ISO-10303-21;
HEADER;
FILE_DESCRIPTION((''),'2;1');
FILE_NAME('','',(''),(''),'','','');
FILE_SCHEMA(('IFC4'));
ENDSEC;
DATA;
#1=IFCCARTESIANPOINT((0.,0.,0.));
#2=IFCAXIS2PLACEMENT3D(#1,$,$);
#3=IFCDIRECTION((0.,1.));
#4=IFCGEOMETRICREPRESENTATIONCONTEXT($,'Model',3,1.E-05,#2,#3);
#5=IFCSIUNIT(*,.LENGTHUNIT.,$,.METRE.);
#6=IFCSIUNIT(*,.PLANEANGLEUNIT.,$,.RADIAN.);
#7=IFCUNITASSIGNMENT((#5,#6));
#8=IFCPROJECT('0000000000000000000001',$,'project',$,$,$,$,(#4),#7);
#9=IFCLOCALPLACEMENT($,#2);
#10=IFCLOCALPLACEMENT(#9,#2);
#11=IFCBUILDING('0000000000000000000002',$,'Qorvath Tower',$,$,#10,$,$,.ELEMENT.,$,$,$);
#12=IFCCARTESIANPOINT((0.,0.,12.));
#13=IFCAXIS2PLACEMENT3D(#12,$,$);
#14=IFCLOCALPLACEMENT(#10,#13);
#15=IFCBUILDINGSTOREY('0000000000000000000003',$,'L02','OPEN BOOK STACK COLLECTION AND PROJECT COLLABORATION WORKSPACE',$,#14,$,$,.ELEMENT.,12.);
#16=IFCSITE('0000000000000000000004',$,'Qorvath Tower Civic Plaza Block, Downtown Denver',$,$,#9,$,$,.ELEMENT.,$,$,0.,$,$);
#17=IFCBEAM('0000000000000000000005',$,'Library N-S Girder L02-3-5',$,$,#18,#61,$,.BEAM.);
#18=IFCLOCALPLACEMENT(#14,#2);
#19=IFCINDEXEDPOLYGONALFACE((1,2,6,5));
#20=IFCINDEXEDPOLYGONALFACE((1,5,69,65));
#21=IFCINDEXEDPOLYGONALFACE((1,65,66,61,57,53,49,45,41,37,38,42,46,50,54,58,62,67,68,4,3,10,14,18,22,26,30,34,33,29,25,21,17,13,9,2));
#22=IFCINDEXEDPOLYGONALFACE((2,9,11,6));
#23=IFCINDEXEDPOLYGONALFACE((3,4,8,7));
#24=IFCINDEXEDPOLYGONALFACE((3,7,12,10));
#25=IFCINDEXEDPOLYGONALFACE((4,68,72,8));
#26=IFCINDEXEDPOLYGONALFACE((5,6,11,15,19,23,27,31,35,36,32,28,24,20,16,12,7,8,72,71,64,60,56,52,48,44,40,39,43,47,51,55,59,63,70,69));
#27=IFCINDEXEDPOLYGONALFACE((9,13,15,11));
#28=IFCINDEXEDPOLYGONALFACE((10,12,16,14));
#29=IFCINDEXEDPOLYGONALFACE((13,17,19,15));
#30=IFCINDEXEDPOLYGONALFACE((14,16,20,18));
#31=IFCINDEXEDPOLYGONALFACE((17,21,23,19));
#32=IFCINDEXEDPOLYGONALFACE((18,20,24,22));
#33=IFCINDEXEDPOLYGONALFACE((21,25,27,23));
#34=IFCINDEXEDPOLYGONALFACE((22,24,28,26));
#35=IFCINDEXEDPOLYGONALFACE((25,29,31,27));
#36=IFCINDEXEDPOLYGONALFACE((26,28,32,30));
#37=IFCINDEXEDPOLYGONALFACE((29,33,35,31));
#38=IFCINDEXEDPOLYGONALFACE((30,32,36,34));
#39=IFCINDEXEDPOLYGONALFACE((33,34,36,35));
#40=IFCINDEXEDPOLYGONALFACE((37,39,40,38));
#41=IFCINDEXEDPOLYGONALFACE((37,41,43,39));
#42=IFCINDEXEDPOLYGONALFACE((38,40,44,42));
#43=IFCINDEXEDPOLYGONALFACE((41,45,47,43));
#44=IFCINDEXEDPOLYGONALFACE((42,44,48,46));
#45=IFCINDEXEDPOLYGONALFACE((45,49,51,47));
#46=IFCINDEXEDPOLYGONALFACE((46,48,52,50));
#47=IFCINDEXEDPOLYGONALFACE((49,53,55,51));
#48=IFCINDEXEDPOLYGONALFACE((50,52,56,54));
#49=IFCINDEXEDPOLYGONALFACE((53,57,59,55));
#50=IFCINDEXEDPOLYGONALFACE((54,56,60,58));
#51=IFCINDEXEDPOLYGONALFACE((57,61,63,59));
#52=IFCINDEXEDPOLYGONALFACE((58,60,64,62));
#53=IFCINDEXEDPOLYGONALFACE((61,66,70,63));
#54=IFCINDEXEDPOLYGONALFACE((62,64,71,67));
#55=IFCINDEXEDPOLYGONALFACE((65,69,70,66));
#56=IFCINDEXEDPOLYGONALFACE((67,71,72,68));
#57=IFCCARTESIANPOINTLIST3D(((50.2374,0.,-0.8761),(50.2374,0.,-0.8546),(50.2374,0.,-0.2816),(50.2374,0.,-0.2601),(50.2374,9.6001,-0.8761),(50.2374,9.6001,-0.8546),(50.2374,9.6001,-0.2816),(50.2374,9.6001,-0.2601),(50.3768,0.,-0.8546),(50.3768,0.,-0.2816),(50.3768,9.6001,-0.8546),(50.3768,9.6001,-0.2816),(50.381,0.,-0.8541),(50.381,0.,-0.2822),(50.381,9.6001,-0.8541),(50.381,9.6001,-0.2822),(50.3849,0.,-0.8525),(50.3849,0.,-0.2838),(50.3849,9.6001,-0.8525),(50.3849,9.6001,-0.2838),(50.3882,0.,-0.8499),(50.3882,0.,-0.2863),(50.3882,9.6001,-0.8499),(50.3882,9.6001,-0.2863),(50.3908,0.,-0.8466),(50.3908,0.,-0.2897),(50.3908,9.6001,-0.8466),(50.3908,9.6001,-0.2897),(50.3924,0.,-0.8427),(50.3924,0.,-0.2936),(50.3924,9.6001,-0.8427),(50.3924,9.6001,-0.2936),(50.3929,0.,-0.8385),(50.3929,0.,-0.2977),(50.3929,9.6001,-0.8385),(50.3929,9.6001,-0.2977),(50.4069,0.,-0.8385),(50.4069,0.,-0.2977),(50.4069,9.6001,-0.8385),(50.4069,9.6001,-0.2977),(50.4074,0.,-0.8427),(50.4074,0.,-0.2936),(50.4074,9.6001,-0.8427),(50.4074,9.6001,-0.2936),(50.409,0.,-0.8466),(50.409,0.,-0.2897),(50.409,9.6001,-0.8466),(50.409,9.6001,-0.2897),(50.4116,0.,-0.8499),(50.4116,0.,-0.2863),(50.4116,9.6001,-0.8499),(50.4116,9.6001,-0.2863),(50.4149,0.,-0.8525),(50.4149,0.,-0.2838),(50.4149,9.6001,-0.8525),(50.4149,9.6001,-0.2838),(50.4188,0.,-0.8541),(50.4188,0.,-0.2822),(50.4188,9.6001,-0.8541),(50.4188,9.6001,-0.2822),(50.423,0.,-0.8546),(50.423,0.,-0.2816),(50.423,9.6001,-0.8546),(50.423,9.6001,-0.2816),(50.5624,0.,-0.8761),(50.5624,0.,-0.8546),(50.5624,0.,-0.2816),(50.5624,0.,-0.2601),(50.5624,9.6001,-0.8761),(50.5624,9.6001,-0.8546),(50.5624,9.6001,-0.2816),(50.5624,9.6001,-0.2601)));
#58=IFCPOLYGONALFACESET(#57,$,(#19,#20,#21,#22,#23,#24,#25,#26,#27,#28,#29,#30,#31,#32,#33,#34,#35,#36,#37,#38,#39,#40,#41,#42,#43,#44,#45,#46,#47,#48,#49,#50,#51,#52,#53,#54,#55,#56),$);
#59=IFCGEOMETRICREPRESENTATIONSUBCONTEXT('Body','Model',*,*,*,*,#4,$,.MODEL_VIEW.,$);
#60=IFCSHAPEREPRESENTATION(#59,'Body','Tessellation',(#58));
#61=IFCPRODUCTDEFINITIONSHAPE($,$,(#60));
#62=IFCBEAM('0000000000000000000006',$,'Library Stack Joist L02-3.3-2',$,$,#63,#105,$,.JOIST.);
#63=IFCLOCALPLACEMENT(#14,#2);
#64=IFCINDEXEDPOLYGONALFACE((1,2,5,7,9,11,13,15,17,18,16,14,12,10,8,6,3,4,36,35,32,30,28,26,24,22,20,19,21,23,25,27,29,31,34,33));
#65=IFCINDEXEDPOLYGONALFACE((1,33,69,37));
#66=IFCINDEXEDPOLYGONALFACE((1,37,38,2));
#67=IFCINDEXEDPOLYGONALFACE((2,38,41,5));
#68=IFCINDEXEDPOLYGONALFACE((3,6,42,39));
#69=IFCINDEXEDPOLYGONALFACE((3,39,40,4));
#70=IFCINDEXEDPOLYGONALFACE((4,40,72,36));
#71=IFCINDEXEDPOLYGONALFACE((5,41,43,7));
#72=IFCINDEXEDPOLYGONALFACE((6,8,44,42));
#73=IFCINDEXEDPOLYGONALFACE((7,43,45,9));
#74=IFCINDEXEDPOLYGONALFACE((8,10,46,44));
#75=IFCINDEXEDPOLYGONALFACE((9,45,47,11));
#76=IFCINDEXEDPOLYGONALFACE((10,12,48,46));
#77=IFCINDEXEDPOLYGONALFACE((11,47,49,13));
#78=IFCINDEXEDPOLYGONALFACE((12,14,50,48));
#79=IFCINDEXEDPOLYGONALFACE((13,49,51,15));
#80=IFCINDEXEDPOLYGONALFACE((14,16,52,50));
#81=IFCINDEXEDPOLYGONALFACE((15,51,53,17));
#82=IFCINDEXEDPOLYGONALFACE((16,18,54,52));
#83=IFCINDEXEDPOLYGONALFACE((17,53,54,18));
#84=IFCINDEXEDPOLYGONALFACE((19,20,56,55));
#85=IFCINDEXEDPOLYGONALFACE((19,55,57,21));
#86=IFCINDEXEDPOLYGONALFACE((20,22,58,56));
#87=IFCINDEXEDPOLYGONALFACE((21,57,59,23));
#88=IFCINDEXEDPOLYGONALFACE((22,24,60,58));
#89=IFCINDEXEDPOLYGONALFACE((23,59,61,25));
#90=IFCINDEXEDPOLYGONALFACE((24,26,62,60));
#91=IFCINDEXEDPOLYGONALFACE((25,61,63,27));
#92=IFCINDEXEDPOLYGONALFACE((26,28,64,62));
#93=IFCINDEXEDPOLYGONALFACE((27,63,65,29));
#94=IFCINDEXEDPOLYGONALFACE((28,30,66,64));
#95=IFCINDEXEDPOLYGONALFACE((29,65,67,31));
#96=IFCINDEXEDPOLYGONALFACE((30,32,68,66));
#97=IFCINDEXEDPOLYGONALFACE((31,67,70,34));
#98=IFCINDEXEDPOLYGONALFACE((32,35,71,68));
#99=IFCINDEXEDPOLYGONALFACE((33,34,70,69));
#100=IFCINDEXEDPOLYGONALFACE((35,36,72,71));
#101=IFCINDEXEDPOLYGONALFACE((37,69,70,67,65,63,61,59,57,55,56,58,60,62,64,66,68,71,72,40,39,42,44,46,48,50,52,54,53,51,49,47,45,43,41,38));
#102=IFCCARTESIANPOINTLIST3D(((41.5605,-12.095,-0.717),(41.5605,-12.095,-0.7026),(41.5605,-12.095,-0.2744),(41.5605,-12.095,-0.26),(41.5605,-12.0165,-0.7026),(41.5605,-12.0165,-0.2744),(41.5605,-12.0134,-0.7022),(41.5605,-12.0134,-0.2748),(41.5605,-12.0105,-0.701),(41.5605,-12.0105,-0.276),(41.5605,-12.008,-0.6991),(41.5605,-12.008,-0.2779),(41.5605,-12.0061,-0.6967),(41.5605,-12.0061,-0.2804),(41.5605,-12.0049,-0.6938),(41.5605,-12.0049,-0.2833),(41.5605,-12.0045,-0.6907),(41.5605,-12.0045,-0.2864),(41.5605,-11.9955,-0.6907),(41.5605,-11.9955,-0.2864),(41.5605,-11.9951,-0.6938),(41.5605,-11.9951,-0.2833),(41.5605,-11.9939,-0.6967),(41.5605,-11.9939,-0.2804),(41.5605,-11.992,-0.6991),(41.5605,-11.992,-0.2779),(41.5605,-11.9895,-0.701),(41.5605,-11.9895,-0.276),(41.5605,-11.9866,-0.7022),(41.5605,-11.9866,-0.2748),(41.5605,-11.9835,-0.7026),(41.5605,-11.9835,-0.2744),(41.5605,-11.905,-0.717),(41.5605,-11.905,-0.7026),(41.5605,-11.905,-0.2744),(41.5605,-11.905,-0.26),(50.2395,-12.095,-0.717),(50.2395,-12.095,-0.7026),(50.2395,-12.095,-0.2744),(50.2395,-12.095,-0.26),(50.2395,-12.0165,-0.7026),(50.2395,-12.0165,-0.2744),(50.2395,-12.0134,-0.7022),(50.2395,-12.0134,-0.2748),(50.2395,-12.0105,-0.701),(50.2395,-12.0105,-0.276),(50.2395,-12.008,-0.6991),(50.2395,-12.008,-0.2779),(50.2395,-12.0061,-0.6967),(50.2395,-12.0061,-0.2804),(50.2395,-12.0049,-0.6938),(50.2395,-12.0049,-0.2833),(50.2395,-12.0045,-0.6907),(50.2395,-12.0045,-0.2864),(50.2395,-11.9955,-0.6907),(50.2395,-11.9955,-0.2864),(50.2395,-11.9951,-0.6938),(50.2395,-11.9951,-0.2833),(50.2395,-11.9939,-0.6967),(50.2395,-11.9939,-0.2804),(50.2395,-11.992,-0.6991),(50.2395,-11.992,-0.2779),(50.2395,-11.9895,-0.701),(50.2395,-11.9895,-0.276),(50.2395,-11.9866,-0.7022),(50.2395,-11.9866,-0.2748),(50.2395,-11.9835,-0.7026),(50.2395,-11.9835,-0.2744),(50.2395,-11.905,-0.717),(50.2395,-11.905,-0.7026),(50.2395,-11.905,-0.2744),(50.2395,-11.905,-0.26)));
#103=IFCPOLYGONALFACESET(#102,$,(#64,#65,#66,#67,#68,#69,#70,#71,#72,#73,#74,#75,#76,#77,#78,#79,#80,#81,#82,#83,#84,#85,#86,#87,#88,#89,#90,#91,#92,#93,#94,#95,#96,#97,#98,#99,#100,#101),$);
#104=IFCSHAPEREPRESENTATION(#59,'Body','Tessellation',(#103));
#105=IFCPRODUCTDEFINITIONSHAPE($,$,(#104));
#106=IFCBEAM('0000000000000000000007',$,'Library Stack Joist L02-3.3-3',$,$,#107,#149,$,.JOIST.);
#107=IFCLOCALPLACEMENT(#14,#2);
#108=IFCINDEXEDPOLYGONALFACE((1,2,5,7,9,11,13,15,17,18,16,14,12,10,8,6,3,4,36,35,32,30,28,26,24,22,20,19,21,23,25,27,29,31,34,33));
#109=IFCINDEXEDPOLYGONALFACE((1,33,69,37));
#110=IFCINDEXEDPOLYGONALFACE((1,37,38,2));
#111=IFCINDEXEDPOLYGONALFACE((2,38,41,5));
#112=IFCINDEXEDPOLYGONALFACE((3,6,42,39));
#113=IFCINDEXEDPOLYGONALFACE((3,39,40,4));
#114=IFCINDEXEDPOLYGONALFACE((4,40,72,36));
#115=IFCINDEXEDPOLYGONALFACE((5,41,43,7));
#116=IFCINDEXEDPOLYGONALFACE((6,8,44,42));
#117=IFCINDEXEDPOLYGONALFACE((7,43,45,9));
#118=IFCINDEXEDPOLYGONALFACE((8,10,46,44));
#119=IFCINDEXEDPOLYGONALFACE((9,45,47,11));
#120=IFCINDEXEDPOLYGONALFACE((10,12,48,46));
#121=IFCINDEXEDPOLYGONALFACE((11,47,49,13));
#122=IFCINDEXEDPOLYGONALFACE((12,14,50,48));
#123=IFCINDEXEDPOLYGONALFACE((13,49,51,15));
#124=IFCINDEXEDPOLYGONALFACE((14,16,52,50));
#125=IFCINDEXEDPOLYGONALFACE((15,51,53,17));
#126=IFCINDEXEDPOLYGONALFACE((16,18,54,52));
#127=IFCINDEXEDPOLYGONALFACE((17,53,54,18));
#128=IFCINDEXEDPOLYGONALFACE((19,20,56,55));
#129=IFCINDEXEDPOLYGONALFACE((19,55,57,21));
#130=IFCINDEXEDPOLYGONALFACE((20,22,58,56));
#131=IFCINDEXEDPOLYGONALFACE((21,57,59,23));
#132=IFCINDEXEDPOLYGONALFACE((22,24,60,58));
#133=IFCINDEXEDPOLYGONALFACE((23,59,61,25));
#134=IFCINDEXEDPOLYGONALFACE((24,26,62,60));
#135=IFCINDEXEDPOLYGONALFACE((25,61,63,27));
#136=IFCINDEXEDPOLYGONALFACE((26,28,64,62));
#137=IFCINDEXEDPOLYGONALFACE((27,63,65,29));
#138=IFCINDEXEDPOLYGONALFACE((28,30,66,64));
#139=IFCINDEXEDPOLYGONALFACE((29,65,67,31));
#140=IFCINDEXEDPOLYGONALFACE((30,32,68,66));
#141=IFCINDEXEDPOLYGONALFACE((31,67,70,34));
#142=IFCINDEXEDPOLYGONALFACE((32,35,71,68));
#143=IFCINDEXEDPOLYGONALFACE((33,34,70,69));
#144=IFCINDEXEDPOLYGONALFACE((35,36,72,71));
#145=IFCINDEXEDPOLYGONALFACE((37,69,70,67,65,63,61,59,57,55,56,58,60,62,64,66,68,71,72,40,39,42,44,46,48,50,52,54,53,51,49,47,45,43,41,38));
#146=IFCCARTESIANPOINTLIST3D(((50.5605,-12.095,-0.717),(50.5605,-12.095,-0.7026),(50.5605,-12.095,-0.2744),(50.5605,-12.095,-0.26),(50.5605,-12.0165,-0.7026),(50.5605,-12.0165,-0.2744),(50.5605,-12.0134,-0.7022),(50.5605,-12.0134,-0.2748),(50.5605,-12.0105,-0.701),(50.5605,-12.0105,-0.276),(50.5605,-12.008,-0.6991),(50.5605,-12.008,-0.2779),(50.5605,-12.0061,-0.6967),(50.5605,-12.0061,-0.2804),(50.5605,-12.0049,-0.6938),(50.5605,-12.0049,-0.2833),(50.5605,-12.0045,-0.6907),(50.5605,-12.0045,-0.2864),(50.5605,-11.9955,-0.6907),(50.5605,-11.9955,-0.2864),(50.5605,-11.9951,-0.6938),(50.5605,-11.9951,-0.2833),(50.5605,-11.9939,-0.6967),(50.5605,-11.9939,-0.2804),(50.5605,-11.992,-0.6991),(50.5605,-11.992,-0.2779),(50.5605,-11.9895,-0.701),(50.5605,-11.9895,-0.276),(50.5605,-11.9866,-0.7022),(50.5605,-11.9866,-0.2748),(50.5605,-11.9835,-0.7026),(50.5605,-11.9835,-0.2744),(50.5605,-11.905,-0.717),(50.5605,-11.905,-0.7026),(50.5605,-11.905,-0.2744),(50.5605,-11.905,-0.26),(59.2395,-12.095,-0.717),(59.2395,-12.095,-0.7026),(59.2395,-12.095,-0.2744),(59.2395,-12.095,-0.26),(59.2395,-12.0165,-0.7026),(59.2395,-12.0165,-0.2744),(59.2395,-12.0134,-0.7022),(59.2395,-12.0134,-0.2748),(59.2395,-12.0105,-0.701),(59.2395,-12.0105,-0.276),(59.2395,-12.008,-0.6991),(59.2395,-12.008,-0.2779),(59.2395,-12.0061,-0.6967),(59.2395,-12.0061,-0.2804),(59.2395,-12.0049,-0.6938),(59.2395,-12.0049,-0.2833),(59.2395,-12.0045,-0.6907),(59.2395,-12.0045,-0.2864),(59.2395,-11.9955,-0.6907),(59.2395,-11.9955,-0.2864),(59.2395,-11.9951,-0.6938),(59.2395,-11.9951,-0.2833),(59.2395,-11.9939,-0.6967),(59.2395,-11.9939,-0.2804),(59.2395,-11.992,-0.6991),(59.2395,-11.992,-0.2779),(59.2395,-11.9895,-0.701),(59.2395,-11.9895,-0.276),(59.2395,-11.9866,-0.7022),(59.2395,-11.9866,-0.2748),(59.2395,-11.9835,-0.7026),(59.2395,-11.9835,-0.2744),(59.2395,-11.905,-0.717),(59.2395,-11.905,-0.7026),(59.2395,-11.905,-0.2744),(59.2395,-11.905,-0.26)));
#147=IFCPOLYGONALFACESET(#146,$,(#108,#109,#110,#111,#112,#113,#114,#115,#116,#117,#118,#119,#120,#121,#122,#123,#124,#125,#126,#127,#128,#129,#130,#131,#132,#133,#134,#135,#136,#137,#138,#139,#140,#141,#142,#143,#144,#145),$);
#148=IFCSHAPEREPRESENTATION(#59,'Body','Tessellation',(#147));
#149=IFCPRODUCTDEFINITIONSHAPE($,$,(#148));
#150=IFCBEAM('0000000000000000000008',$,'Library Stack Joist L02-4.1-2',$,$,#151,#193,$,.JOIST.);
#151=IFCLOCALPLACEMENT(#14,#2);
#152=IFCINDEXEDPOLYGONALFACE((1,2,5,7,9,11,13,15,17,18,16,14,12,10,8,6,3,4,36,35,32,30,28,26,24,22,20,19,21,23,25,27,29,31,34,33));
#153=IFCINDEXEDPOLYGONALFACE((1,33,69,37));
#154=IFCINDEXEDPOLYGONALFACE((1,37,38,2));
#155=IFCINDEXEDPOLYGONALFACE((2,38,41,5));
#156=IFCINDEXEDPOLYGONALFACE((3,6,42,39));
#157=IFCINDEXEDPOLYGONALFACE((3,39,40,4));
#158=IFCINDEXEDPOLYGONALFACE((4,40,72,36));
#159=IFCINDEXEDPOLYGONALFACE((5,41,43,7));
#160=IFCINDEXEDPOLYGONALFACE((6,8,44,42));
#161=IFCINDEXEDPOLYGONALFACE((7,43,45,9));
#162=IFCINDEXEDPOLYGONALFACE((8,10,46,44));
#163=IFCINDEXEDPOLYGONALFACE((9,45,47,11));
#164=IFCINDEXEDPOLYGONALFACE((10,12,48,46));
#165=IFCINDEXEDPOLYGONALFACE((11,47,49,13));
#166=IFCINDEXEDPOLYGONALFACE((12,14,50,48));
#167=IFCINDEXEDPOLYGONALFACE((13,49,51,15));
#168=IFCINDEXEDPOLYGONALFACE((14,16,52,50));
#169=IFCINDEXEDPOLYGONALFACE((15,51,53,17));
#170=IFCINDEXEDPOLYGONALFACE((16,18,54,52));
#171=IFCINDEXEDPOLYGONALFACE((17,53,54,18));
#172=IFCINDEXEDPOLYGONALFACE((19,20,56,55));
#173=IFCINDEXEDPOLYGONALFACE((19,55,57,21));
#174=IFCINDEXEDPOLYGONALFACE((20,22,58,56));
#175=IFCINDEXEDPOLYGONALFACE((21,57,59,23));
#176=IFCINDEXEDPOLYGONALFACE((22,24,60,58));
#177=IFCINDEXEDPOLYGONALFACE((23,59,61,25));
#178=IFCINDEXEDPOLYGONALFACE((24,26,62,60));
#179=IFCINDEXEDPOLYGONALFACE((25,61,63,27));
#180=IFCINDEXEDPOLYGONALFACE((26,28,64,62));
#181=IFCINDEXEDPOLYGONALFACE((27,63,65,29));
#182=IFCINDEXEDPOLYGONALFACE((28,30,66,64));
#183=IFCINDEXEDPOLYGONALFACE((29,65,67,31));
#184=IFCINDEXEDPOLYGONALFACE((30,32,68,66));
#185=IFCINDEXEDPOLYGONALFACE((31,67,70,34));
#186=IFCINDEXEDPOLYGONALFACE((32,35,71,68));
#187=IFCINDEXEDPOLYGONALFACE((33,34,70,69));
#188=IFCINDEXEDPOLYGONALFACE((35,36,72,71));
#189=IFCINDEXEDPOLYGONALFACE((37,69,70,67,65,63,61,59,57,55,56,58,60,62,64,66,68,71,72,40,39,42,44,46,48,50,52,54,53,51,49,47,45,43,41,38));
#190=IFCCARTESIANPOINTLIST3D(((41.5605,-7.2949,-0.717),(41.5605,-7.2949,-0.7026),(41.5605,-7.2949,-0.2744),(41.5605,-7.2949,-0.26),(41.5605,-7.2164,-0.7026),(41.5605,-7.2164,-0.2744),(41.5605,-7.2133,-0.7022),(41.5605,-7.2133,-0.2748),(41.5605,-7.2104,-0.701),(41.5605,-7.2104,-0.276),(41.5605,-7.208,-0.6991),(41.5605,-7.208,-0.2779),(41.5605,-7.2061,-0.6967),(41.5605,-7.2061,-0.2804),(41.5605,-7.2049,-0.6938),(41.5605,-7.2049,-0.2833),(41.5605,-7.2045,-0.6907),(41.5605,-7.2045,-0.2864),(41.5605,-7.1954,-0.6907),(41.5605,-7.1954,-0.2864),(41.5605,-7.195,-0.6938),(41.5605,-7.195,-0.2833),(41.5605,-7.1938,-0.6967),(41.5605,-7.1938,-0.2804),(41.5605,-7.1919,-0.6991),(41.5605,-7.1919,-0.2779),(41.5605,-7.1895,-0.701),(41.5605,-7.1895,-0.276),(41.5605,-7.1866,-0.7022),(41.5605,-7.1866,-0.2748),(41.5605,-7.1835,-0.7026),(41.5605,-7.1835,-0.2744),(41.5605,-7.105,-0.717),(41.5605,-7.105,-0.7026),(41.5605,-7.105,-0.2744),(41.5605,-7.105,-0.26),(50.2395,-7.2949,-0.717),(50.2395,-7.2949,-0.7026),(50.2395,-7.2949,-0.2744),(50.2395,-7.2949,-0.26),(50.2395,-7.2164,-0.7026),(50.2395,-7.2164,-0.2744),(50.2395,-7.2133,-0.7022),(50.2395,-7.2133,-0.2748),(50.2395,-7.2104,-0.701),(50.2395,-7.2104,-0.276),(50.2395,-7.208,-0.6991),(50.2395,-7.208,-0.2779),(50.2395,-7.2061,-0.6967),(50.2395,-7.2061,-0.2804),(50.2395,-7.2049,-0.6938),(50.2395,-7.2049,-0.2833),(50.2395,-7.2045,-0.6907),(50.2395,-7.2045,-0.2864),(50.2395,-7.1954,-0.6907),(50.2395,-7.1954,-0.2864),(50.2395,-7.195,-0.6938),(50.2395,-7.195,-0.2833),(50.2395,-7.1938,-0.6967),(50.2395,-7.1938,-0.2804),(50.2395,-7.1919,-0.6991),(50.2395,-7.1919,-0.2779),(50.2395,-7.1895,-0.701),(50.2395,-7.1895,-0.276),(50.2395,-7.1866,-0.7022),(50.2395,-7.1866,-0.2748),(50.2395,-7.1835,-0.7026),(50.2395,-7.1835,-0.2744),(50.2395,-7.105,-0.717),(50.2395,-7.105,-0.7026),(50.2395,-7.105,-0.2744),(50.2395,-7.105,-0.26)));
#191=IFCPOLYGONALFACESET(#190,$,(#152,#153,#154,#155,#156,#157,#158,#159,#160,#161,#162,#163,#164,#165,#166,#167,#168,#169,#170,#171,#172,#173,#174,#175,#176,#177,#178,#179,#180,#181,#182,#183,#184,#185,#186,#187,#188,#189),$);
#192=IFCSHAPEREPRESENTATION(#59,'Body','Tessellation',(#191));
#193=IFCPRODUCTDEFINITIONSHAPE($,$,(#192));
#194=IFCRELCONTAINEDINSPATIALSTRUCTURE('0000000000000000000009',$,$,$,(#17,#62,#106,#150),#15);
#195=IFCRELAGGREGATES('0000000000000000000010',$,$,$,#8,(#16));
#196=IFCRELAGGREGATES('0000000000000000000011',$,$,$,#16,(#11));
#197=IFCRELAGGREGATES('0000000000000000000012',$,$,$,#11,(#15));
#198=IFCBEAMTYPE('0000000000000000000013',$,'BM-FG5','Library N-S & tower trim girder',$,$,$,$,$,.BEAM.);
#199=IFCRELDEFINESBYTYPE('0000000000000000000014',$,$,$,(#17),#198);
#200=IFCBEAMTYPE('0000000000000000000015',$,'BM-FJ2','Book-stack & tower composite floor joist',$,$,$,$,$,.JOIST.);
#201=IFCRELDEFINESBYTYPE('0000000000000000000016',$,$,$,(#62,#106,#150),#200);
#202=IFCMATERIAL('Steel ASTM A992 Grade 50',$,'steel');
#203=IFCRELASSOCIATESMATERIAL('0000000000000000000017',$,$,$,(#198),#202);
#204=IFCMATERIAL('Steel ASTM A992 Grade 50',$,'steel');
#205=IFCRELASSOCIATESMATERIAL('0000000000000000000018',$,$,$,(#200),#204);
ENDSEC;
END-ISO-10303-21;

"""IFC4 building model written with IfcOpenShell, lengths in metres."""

from ifc_helpers import new_model, si_unit, direction, frame, origin, origin_2d, place, context, subcontext, project, spatial, i_section, extrude, material, material_profile, profile_set, type_object, element, save


model = new_model("IFC4")

# Units and contexts
model_context = context("Model", 3, precision=1e-05, world=origin(), true_north=direction((0.0, 1.0)))
body_context = subcontext(model_context, "Body", "Model", "MODEL_VIEW")
ifc_project = project(units=[si_unit("LENGTHUNIT", "METRE"), si_unit("PLANEANGLEUNIT", "RADIAN")], contexts=[model_context])

# Site, building, storey
site_placement = place(None, origin())
site = spatial("IfcSite", under=ifc_project, at=site_placement, Name="Qorvath Tower Civic Plaza Block, Downtown Denver", CompositionType="ELEMENT", RefElevation=0.0)
building_placement = place(site_placement, origin())
building = spatial("IfcBuilding", under=site, at=building_placement, Name="Qorvath Tower", CompositionType="ELEMENT")
storey_placement = place(building_placement, frame((0.0, 0.0, 12.0)))
storey = spatial("IfcBuildingStorey", under=building, at=storey_placement, Name="L02", Description="OPEN BOOK STACK COLLECTION AND PROJECT COLLABORATION WORKSPACE", CompositionType="ELEMENT", Elevation=12.0)

# Beams
ifc_material_1 = material(Name="Steel ASTM A992 Grade 50", Category="steel")
ifc_material_profile_1 = material_profile(ifc_material_1, i_section(OverallWidth=0.325, OverallDepth=0.616, WebThickness=0.0139, FlangeThickness=0.0215, FilletRadius=0.0161, at=origin_2d()), Name="W24x117")
ifc_profile_set_1 = profile_set([ifc_material_profile_1], Name="Steel ASTM A992 Grade 50")
beam_type_1 = type_object("IfcBeamType", Name="BM-FG5", Description="Library N-S & tower trim girder", PredefinedType="BEAM", material=ifc_profile_set_1)
for number, where, z_axis, x_axis, name in (
    (1, (50.3999, 0.0, -0.5681), (0.0, 1.0, 0.0), (-1.0, 0.0, 0.0), "Library N-S Girder L02-3-5"),
):
    element("IfcBeam", number, at=place(storey_placement, frame(where, z_axis=z_axis, x_axis=x_axis)), inside=storey, type_object=beam_type_1, Name=name, PredefinedType="BEAM", context=body_context, shape_type="SweptSolid", body=[
        extrude(i_section(OverallWidth=0.325, OverallDepth=0.616, WebThickness=0.0139, FlangeThickness=0.0215, FilletRadius=0.0161, at=origin_2d()), origin(), (0.0, 0.0, 1.0), 9.6001),
    ])
ifc_material_2 = material(Name="Steel ASTM A992 Grade 50", Category="steel")
ifc_material_profile_2 = material_profile(ifc_material_2, i_section(OverallWidth=0.1899, OverallDepth=0.457, WebThickness=0.009, FlangeThickness=0.0144, FilletRadius=0.012, at=origin_2d()), Name="W18x50")
ifc_profile_set_2 = profile_set([ifc_material_profile_2], Name="Steel ASTM A992 Grade 50")
beam_type_2 = type_object("IfcBeamType", Name="BM-FJ2", Description="Book-stack & tower composite floor joist", PredefinedType="JOIST", material=ifc_profile_set_2)
for number, where, z_axis, x_axis, name in (
    (2, (41.5605, -12.0, -0.4885), (1.0, 0.0, 0.0), (0.0, 1.0, 0.0), "Library Stack Joist L02-3.3-2"),
    (3, (50.5605, -12.0, -0.4885), (1.0, 0.0, 0.0), (0.0, 1.0, 0.0), "Library Stack Joist L02-3.3-3"),
    (4, (41.5605, -7.2, -0.4885), (1.0, 0.0, 0.0), (0.0, 1.0, 0.0), "Library Stack Joist L02-4.1-2"),
):
    element("IfcBeam", number, at=place(storey_placement, frame(where, z_axis=z_axis, x_axis=x_axis)), inside=storey, type_object=beam_type_2, Name=name, PredefinedType="JOIST", context=body_context, shape_type="SweptSolid", body=[
        extrude(i_section(OverallWidth=0.1899, OverallDepth=0.457, WebThickness=0.009, FlangeThickness=0.0144, FilletRadius=0.012, at=origin_2d()), origin(), (0.0, 0.0, 1.0), 8.679),
    ])

save(model, "model.ifc")
